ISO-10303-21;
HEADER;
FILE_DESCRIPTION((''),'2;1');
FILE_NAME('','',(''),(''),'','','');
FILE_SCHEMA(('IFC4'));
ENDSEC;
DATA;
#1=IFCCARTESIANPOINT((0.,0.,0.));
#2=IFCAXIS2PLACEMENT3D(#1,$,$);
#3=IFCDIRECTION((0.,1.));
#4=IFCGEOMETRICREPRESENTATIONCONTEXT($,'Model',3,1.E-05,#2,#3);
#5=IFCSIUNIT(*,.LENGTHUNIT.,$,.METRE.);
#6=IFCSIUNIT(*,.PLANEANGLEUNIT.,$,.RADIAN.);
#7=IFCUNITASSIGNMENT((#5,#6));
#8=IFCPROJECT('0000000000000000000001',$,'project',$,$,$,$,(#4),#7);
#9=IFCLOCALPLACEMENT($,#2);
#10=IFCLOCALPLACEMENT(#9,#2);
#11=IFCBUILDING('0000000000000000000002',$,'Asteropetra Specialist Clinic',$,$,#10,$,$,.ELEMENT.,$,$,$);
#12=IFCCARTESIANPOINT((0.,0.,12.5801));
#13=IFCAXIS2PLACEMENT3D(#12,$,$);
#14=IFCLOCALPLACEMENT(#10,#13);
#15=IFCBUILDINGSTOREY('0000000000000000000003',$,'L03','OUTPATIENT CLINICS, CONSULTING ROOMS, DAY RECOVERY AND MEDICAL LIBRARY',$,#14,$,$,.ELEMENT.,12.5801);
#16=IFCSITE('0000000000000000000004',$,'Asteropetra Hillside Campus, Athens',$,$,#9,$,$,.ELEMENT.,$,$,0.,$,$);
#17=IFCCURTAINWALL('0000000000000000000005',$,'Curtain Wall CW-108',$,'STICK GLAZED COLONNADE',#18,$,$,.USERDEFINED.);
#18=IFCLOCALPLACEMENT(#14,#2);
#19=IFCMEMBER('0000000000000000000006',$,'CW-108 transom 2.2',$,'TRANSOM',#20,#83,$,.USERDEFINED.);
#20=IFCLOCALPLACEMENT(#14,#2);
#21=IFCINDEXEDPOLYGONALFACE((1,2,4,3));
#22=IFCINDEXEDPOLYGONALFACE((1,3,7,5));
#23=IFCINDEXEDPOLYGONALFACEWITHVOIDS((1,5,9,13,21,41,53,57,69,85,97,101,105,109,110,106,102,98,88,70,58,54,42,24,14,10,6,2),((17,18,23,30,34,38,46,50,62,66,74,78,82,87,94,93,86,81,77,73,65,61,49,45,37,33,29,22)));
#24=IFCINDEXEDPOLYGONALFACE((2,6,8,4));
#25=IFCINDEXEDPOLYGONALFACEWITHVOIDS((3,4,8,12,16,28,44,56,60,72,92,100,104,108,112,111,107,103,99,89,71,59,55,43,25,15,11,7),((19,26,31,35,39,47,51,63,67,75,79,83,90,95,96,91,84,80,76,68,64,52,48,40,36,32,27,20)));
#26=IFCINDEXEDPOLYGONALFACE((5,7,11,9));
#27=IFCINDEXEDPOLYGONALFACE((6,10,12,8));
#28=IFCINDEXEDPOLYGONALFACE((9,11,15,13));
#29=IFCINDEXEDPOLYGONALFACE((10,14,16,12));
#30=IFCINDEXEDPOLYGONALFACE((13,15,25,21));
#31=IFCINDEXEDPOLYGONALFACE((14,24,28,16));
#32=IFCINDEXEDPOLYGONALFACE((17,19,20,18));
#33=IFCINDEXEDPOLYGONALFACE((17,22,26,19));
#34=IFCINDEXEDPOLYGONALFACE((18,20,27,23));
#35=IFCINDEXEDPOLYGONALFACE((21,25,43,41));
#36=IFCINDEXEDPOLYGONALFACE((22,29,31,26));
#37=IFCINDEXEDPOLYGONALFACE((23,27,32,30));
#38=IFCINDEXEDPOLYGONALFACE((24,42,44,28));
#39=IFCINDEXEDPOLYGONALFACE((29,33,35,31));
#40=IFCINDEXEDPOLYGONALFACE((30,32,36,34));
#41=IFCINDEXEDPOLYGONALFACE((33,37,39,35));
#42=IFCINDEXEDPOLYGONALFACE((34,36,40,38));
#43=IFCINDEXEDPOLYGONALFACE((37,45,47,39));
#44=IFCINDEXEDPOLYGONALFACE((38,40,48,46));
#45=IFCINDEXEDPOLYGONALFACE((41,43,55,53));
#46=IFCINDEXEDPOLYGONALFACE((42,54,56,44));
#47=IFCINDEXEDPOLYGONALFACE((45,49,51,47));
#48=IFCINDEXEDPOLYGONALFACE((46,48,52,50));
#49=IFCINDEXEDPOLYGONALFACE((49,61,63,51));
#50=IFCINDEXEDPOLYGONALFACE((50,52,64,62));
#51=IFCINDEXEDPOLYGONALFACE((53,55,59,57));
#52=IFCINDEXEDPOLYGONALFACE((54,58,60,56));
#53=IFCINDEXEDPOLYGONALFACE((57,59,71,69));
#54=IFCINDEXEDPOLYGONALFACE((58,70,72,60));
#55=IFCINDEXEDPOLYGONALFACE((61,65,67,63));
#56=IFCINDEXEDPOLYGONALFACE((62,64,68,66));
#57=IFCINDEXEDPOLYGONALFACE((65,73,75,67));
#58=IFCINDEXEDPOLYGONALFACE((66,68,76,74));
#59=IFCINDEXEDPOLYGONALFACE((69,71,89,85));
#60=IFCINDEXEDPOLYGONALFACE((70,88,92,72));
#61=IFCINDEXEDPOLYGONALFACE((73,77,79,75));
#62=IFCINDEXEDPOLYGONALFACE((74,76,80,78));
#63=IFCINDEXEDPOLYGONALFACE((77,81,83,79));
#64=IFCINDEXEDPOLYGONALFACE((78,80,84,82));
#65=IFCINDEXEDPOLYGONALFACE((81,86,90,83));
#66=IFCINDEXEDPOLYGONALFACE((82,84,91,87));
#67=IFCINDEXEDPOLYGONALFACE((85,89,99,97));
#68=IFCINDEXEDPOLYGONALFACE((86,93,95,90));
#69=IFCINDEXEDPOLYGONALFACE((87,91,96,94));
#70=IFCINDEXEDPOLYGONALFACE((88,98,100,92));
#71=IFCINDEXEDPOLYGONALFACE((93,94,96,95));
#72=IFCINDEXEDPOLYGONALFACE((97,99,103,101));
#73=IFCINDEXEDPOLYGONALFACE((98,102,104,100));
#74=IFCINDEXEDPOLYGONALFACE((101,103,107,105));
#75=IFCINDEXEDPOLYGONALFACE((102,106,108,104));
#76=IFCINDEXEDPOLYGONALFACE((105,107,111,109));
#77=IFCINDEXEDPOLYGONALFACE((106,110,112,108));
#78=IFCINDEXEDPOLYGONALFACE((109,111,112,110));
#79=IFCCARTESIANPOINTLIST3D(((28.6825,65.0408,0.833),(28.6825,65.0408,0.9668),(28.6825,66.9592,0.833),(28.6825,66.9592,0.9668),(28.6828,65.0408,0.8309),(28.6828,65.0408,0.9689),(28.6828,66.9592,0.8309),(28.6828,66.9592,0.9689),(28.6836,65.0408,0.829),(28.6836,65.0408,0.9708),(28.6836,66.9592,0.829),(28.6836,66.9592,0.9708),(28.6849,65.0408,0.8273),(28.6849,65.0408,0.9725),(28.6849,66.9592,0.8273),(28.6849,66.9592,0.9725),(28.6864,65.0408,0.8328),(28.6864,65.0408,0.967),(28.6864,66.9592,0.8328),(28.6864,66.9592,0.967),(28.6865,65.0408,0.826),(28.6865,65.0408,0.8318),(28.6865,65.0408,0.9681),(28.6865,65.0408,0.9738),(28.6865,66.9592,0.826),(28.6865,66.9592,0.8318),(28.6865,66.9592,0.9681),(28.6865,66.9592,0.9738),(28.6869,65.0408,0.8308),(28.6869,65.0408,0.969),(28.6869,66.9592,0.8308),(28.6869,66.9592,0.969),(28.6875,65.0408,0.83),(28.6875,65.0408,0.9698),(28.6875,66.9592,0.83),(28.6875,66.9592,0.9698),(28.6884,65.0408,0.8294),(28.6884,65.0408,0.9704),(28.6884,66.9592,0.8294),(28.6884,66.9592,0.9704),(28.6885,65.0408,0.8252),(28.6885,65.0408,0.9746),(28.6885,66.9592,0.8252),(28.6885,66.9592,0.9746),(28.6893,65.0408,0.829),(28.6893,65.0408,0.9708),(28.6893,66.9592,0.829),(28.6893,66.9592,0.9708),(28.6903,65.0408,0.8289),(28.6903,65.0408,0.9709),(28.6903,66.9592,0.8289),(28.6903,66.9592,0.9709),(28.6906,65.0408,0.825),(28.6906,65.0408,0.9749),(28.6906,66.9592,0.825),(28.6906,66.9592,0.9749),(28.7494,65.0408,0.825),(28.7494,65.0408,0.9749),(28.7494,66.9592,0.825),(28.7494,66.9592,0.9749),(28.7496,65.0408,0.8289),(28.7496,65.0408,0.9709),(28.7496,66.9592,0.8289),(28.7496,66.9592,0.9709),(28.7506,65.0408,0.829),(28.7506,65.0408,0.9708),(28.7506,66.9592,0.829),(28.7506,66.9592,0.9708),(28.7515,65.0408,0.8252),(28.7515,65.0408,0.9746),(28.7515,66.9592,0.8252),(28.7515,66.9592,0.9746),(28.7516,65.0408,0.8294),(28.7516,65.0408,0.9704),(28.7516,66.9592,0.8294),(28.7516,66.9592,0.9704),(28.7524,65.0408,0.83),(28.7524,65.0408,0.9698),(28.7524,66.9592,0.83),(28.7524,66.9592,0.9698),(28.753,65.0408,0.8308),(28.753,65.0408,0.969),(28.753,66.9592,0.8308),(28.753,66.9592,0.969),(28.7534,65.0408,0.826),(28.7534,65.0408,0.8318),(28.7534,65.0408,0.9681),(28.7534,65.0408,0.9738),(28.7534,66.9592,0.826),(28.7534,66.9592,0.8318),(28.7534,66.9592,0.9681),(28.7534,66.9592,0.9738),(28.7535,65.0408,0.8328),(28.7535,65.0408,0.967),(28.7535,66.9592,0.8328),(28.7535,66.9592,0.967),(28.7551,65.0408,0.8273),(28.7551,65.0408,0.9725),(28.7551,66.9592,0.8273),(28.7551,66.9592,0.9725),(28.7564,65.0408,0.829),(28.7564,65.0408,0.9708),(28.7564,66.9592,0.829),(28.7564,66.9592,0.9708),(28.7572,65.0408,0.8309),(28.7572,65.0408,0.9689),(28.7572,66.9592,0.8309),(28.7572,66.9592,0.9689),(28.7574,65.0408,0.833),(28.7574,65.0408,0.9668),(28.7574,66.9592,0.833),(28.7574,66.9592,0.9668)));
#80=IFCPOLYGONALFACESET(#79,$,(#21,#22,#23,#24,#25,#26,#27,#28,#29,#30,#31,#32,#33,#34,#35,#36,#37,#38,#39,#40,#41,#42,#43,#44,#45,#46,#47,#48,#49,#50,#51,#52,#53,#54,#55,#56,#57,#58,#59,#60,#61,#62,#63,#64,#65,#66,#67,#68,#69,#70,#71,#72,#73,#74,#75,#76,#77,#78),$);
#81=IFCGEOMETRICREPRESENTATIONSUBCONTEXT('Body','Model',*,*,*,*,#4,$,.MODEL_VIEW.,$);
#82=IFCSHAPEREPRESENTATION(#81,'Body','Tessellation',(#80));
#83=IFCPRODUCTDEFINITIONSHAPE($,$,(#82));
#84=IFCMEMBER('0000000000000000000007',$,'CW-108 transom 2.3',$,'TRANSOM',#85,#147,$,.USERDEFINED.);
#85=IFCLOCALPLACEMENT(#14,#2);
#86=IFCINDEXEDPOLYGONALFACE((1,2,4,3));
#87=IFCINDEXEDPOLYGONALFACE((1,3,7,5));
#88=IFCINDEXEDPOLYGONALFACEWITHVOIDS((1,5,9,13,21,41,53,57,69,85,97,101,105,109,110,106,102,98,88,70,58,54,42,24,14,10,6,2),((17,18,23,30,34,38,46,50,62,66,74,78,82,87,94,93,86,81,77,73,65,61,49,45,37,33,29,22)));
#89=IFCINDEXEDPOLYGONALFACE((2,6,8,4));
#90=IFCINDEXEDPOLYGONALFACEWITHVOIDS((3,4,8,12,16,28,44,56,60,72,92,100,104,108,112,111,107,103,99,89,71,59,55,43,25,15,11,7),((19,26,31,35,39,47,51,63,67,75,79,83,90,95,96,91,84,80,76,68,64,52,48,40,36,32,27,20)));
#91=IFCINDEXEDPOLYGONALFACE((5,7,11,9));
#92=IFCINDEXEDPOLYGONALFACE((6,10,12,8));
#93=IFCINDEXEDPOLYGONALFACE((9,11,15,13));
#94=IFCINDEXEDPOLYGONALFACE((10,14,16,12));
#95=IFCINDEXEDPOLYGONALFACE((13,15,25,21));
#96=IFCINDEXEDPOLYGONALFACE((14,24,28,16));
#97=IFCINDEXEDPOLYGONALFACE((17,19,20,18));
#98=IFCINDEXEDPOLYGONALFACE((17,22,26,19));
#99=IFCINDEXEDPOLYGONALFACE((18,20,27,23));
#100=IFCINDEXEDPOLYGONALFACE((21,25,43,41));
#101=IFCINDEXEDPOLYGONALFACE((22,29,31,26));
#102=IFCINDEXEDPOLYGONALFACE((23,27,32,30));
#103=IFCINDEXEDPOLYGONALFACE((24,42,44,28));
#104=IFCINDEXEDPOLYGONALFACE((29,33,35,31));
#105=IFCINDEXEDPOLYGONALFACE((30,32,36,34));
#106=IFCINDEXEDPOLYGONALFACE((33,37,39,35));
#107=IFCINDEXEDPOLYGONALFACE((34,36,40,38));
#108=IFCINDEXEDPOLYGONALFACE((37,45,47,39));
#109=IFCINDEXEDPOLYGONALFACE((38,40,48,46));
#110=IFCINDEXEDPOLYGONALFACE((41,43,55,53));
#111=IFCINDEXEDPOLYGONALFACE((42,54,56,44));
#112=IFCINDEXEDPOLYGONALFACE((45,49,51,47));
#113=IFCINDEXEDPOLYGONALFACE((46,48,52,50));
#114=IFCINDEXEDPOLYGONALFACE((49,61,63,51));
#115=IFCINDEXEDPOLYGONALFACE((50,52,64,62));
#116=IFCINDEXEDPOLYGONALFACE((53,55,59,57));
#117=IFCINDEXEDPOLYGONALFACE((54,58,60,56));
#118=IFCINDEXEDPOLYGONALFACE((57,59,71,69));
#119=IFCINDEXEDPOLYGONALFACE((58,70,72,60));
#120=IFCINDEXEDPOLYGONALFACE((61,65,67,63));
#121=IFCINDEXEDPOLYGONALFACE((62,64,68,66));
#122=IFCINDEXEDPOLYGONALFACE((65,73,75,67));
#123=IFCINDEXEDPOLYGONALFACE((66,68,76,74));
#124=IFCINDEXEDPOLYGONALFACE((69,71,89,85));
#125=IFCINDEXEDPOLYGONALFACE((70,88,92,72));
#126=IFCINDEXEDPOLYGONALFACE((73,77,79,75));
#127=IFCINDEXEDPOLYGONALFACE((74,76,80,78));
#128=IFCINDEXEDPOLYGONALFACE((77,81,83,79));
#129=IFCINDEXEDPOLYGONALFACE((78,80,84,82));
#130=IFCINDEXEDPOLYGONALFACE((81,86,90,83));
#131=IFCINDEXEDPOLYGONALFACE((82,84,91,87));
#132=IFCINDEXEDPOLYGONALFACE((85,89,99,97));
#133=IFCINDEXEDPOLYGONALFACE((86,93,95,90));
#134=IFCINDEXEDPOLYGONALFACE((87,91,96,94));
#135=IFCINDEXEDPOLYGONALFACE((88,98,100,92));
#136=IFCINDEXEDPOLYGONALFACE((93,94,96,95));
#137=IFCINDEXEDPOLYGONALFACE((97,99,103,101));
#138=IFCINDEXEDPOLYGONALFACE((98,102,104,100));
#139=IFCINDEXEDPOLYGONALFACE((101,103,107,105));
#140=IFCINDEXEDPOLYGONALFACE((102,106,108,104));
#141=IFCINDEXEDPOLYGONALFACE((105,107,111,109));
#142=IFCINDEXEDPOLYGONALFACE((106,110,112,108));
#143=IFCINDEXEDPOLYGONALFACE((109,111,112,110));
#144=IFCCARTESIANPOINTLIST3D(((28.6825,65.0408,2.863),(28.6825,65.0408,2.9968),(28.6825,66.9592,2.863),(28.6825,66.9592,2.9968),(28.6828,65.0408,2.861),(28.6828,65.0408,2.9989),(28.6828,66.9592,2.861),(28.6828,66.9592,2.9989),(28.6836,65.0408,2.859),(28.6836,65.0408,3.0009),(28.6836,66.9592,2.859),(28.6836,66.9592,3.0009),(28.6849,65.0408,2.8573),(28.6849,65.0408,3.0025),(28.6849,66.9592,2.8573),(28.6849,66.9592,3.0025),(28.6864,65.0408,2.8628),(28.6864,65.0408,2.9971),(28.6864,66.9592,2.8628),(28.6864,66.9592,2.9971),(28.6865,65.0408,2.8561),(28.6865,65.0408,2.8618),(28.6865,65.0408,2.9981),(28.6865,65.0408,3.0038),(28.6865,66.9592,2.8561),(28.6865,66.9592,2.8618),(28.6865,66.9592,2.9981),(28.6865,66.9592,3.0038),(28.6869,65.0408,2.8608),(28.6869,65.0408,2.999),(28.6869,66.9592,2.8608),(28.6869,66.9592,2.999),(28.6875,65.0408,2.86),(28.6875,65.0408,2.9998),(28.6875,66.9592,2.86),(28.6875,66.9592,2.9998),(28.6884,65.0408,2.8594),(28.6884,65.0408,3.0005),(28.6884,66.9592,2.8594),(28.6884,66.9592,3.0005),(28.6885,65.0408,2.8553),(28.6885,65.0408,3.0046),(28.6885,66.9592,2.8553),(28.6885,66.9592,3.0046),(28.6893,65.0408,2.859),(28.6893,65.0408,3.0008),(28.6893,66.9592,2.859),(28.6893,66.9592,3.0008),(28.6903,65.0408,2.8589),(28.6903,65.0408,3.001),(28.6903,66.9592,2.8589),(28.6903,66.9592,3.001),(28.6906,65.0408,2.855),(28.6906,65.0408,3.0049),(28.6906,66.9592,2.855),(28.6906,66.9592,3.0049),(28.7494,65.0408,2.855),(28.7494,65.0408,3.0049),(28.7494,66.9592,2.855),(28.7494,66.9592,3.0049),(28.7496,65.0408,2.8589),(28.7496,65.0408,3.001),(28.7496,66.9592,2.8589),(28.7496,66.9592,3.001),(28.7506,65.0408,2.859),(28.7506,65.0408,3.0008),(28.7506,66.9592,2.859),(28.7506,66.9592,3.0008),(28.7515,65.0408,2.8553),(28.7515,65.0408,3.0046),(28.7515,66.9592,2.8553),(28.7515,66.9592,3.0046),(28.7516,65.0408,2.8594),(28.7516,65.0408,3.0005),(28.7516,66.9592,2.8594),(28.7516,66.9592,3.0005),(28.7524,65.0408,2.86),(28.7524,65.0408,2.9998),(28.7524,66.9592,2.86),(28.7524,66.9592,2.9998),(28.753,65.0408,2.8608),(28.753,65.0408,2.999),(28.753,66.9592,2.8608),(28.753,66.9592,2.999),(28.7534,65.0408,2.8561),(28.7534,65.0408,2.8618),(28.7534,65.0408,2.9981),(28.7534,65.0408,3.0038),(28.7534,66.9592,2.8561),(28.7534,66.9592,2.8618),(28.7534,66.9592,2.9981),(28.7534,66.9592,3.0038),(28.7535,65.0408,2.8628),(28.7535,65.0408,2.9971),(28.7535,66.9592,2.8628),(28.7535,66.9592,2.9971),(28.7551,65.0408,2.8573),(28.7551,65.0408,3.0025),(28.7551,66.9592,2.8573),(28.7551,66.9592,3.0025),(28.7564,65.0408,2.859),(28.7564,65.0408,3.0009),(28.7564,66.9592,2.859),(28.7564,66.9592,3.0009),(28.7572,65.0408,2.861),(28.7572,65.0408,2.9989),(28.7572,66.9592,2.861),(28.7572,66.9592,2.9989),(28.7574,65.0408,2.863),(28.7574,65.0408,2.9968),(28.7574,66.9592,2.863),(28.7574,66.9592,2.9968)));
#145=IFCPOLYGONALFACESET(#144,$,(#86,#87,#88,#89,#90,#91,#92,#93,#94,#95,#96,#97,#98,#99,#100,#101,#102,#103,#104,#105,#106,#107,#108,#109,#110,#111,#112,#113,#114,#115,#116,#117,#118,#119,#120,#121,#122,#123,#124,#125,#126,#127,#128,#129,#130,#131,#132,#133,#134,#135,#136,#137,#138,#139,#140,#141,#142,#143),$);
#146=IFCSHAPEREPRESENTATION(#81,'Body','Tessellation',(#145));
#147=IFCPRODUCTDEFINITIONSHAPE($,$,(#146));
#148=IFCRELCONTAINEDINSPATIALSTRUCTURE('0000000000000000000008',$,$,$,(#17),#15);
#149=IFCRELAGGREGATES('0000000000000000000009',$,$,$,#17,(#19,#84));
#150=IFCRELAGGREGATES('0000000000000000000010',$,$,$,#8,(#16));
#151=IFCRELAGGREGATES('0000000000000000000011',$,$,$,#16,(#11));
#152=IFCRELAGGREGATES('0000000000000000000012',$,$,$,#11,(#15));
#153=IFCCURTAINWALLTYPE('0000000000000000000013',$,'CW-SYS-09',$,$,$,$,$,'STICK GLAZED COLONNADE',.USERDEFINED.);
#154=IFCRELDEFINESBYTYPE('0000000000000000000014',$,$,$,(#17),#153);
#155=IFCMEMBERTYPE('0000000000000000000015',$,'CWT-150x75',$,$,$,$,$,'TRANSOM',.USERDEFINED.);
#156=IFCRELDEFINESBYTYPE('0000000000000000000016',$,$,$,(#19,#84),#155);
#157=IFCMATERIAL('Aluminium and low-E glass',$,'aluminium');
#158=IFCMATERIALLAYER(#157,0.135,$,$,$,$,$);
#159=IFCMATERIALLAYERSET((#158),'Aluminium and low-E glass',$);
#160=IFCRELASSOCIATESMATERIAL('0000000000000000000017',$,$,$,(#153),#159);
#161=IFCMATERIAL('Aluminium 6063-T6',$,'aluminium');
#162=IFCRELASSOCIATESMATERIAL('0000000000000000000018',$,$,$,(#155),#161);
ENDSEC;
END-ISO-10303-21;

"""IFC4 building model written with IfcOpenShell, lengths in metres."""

from ifc_helpers import new_model, si_unit, direction, frame, origin, origin_2d, place, context, subcontext, project, spatial, hollow_rectangle, extrude, material, layer, layer_set, material_profile, profile_set, type_object, element, aggregate, save


model = new_model("IFC4")

# Units and contexts
model_context = context("Model", 3, precision=1e-05, world=origin(), true_north=direction((0.0, 1.0)))
body_context = subcontext(model_context, "Body", "Model", "MODEL_VIEW")
ifc_project = project(units=[si_unit("LENGTHUNIT", "METRE"), si_unit("PLANEANGLEUNIT", "RADIAN")], contexts=[model_context])

# Site, building, storey
site_placement = place(None, origin())
site = spatial("IfcSite", under=ifc_project, at=site_placement, Name="Asteropetra Hillside Campus, Athens", CompositionType="ELEMENT", RefElevation=0.0)
building_placement = place(site_placement, origin())
building = spatial("IfcBuilding", under=site, at=building_placement, Name="Asteropetra Specialist Clinic", CompositionType="ELEMENT")
storey_placement = place(building_placement, frame((0.0, 0.0, 12.5801)))
storey = spatial("IfcBuildingStorey", under=building, at=storey_placement, Name="L03", Description="OUTPATIENT CLINICS, CONSULTING ROOMS, DAY RECOVERY AND MEDICAL LIBRARY", CompositionType="ELEMENT", Elevation=12.5801)

# Curtain wall, members
ifc_material_1 = material(Name="Aluminium and low-E glass", Category="aluminium")
ifc_layer_1 = layer(ifc_material_1, 0.135)
ifc_layer_set_1 = layer_set([ifc_layer_1], Name="Aluminium and low-E glass")
curtain_wall_type = type_object("IfcCurtainWallType", Name="CW-SYS-09", ElementType="STICK GLAZED COLONNADE", PredefinedType="USERDEFINED", material=ifc_layer_set_1)
curtain_wall_placement = place(storey_placement, origin())
curtain_wall = element("IfcCurtainWall", 1, at=curtain_wall_placement, inside=storey, type_object=curtain_wall_type, Name="Curtain Wall CW-108", ObjectType="STICK GLAZED COLONNADE", PredefinedType="USERDEFINED")
ifc_material_2 = material(Name="Aluminium 6063-T6", Category="aluminium")
ifc_material_profile_1 = material_profile(ifc_material_2, hollow_rectangle(XDim=0.075, YDim=0.1499, WallThickness=0.0039, InnerFilletRadius=0.0039, OuterFilletRadius=0.0081, at=origin_2d()), Name="TRN 150x75x4.0")
ifc_profile_set_1 = profile_set([ifc_material_profile_1], Name="Aluminium 6063-T6")
member_type_1 = type_object("IfcMemberType", Name="CWT-150x75", ElementType="TRANSOM", PredefinedType="USERDEFINED", material=ifc_profile_set_1)
member_1_placement = place(storey_placement, frame((28.72, 66.9592, 0.8999), z_axis=(0.0, -1.0, 0.0), x_axis=(1.0, 0.0, 0.0)))
member_1 = element("IfcMember", 2, at=member_1_placement, type_object=member_type_1, Name="CW-108 transom 2.2", ObjectType="TRANSOM", PredefinedType="USERDEFINED", context=body_context, shape_type="SweptSolid", body=[
    extrude(hollow_rectangle(XDim=0.075, YDim=0.1499, WallThickness=0.0039, InnerFilletRadius=0.0039, OuterFilletRadius=0.0081, at=origin_2d()), origin(), (0.0, 0.0, 1.0), 1.9185),
])
member_2_placement = place(storey_placement, frame((28.72, 66.9592, 2.9299), z_axis=(0.0, -1.0, 0.0), x_axis=(1.0, 0.0, 0.0)))
member_2 = element("IfcMember", 3, at=member_2_placement, type_object=member_type_1, Name="CW-108 transom 2.3", ObjectType="TRANSOM", PredefinedType="USERDEFINED", context=body_context, shape_type="SweptSolid", body=[
    extrude(hollow_rectangle(XDim=0.075, YDim=0.1499, WallThickness=0.0039, InnerFilletRadius=0.0039, OuterFilletRadius=0.0081, at=origin_2d()), origin(), (0.0, 0.0, 1.0), 1.9185),
])

aggregate(curtain_wall, [member_1, member_2])

save(model, "model.ifc")
